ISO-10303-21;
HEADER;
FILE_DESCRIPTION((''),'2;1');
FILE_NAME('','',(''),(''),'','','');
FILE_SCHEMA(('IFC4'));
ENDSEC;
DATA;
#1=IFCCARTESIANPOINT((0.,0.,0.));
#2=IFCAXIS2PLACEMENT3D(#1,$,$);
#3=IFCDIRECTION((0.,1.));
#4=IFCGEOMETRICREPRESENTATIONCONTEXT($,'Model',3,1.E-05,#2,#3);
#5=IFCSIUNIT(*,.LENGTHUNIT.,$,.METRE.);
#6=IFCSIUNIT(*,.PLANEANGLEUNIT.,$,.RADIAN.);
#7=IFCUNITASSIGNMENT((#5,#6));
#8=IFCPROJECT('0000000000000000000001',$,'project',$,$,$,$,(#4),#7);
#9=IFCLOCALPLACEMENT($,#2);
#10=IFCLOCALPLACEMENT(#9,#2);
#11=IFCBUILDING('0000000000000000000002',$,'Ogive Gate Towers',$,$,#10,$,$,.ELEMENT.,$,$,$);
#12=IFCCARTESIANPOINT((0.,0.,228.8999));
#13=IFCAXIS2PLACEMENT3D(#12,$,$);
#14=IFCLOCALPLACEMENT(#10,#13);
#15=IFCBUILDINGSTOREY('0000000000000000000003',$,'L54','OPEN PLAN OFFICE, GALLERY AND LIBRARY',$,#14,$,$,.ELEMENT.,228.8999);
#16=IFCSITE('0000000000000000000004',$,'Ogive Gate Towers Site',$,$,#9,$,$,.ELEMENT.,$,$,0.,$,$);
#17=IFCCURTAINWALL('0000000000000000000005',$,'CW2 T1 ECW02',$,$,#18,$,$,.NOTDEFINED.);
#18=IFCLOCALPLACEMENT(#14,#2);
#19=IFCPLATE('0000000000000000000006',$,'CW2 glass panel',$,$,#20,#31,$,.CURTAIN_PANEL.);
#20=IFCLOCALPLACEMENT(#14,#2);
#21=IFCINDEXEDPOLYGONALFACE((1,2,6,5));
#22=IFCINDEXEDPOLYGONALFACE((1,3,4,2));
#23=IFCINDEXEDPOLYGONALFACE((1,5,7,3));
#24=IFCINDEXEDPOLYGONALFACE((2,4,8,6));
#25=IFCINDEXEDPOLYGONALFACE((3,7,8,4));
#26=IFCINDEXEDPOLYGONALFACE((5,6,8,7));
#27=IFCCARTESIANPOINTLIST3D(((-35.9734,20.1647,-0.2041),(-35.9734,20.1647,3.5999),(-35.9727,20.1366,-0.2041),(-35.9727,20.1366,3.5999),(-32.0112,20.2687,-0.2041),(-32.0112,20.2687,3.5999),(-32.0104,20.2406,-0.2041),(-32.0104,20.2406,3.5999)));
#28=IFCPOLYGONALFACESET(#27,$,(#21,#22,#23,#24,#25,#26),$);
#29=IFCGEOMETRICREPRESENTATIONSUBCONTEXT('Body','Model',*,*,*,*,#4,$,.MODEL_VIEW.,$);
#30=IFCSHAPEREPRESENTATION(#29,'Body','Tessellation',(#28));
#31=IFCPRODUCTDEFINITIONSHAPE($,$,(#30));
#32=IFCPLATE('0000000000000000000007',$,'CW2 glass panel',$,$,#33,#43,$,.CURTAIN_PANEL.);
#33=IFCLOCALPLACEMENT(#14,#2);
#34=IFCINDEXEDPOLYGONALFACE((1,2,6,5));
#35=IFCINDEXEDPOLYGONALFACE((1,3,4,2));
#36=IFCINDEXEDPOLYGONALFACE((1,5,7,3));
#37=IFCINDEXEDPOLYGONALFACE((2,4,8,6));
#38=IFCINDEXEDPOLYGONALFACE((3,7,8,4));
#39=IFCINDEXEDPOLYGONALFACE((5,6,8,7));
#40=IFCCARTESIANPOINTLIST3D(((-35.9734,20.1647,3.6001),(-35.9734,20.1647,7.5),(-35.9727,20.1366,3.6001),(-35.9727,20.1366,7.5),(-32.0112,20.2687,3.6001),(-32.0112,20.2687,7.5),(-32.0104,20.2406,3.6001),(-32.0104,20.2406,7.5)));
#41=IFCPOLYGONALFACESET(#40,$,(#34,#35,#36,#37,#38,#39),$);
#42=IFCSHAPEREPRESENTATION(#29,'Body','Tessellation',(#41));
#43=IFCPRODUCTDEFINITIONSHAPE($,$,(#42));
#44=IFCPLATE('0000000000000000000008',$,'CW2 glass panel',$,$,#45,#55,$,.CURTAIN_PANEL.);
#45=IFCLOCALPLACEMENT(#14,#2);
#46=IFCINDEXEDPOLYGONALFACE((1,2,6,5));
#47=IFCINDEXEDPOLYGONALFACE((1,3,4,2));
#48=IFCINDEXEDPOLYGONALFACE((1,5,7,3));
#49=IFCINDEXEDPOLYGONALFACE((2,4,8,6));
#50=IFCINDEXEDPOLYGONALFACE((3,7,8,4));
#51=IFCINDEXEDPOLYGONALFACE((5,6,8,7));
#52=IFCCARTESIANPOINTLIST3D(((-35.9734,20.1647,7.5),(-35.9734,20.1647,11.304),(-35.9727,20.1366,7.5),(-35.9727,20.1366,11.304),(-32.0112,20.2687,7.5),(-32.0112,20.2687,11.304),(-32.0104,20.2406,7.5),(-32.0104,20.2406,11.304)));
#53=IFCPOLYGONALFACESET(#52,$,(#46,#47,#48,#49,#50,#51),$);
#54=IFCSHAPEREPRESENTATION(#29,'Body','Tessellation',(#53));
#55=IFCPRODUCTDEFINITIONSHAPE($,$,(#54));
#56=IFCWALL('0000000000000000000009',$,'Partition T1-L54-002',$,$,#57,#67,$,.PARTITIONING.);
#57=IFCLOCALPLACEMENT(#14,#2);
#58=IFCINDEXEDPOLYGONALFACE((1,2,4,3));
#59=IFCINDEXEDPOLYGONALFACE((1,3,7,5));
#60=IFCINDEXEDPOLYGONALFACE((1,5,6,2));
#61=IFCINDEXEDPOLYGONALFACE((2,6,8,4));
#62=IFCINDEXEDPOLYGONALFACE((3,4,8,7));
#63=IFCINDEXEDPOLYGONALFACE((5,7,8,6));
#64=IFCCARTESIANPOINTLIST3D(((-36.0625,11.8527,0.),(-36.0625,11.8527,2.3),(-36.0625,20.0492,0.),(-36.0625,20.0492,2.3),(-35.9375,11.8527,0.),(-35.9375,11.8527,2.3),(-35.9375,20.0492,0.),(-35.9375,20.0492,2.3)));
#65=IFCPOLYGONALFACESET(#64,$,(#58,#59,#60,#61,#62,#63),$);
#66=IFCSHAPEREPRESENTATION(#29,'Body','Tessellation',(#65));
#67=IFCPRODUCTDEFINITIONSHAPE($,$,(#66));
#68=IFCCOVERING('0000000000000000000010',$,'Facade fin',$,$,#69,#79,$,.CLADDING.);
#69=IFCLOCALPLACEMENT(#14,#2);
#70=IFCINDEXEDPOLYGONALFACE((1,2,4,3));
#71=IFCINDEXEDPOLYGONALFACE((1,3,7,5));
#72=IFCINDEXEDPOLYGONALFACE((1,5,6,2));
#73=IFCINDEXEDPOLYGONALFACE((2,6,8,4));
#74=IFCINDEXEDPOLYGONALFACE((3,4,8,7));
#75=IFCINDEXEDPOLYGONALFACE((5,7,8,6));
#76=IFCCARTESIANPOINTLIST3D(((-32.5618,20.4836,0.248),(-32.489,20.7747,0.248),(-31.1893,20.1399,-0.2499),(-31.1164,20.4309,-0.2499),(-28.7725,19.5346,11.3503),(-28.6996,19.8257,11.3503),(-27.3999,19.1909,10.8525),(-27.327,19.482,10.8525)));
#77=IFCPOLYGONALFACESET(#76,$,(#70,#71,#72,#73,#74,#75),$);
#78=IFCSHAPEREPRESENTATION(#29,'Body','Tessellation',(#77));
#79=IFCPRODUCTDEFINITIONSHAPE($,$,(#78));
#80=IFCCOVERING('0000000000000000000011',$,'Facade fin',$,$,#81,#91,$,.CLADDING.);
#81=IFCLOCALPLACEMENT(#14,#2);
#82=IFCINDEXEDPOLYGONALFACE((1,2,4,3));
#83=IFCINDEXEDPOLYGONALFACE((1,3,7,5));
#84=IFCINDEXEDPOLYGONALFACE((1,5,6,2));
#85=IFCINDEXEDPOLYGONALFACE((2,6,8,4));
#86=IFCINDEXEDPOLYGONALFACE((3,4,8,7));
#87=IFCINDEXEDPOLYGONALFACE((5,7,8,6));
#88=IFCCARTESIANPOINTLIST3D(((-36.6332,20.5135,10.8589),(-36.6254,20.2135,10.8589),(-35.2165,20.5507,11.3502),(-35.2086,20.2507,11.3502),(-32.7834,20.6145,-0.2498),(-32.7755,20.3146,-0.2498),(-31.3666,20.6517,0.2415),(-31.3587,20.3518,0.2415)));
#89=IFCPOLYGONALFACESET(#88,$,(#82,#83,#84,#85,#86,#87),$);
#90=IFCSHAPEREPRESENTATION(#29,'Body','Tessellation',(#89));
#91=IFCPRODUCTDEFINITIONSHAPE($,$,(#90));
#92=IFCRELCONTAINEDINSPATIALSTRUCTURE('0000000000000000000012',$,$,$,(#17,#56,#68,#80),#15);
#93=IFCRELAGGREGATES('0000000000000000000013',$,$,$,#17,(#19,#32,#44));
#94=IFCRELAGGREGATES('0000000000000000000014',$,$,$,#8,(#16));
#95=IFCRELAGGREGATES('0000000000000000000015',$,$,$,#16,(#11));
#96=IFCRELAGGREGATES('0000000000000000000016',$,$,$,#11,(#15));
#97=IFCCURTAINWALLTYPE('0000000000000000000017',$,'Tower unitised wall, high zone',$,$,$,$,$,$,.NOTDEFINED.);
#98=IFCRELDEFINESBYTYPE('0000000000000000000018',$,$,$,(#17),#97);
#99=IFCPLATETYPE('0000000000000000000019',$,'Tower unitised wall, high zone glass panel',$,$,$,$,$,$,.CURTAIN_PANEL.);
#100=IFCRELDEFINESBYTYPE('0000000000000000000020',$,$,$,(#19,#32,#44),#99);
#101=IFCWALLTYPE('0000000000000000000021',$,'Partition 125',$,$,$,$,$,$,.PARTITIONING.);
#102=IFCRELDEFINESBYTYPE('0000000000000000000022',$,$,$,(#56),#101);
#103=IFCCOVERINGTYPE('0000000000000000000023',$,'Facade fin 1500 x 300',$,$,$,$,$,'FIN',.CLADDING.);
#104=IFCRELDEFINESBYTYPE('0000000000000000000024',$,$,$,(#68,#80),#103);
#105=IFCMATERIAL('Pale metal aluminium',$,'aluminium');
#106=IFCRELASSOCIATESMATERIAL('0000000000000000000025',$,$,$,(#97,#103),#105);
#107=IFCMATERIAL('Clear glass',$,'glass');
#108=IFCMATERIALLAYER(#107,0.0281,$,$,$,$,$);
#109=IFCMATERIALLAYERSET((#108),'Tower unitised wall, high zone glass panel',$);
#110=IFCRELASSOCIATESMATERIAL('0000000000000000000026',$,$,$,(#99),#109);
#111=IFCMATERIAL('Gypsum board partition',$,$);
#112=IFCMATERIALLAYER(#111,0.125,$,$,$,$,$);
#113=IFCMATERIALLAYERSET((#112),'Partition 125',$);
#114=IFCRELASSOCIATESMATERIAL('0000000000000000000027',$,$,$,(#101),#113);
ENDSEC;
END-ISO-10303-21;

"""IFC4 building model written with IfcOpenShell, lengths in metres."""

from ifc_helpers import new_model, si_unit, direction, frame, frame_2d, origin, origin_2d, place, context, subcontext, project, spatial, rectangle, extrude, material, layer, layer_set, material_profile, profile_set, type_object, element, aggregate, save


model = new_model("IFC4")

# Units and contexts
model_context = context("Model", 3, precision=1e-05, world=origin(), true_north=direction((0.0, 1.0)))
body_context = subcontext(model_context, "Body", "Model", "MODEL_VIEW")
ifc_project = project(units=[si_unit("LENGTHUNIT", "METRE"), si_unit("PLANEANGLEUNIT", "RADIAN")], contexts=[model_context])

# Site, building, storey
site_placement = place(None, origin())
site = spatial("IfcSite", under=ifc_project, at=site_placement, Name="Ogive Gate Towers Site", CompositionType="ELEMENT", RefElevation=0.0)
building_placement = place(site_placement, origin())
building = spatial("IfcBuilding", under=site, at=building_placement, Name="Ogive Gate Towers", CompositionType="ELEMENT")
storey_placement = place(building_placement, frame((0.0, 0.0, 228.8999)))
storey = spatial("IfcBuildingStorey", under=building, at=storey_placement, Name="L54", Description="OPEN PLAN OFFICE, GALLERY AND LIBRARY", CompositionType="ELEMENT", Elevation=228.8999)

# Curtain wall, plates
ifc_material_1 = material(Name="Pale metal aluminium", Category="aluminium")
curtain_wall_type = type_object("IfcCurtainWallType", Name="Tower unitised wall, high zone", PredefinedType="NOTDEFINED", material=ifc_material_1)
curtain_wall_placement = place(storey_placement, origin())
curtain_wall = element("IfcCurtainWall", 1, at=curtain_wall_placement, inside=storey, type_object=curtain_wall_type, Name="CW2 T1 ECW02", PredefinedType="NOTDEFINED")
ifc_material_2 = material(Name="Clear glass", Category="glass")
ifc_layer_1 = layer(ifc_material_2, 0.0281)
ifc_layer_set_1 = layer_set([ifc_layer_1], Name="Tower unitised wall, high zone glass panel")
plate_type = type_object("IfcPlateType", Name="Tower unitised wall, high zone glass panel", PredefinedType="CURTAIN_PANEL", material=ifc_layer_set_1)
plate_1_placement = place(storey_placement, frame((-33.9919, 20.2026, -0.2041), z_axis=(0.0, 0.0, 1.0), x_axis=(-0.999656, -0.026229, 0.0)))
plate_1 = element("IfcPlate", 2, at=plate_1_placement, type_object=plate_type, Name="CW2 glass panel", PredefinedType="CURTAIN_PANEL", context=body_context, shape_type="SweptSolid", body=[
    extrude(rectangle(XDim=3.9636, YDim=0.0281, at=origin_2d()), origin(), (0.0, 0.0, 1.0), 3.804),
])
plate_2_placement = place(storey_placement, frame((-33.9919, 20.2026, 3.6001), z_axis=(0.0, 0.0, 1.0), x_axis=(-0.999656, -0.026229, 0.0)))
plate_2 = element("IfcPlate", 3, at=plate_2_placement, type_object=plate_type, Name="CW2 glass panel", PredefinedType="CURTAIN_PANEL", context=body_context, shape_type="SweptSolid", body=[
    extrude(rectangle(XDim=3.9636, YDim=0.0281, at=origin_2d()), origin(), (0.0, 0.0, 1.0), 3.8999),
])
plate_3_placement = place(storey_placement, frame((-33.9919, 20.2026, 7.5), z_axis=(0.0, 0.0, 1.0), x_axis=(-0.999656, -0.026229, 0.0)))
plate_3 = element("IfcPlate", 4, at=plate_3_placement, type_object=plate_type, Name="CW2 glass panel", PredefinedType="CURTAIN_PANEL", context=body_context, shape_type="SweptSolid", body=[
    extrude(rectangle(XDim=3.9636, YDim=0.0281, at=origin_2d()), origin(), (0.0, 0.0, 1.0), 3.804),
])
aggregate(curtain_wall, [plate_1, plate_2, plate_3])

# Wall
ifc_material_3 = material(Name="Gypsum board partition")
ifc_layer_2 = layer(ifc_material_3, 0.125)
ifc_layer_set_2 = layer_set([ifc_layer_2], Name="Partition 125")
wall_type = type_object("IfcWallType", Name="Partition 125", PredefinedType="PARTITIONING", material=ifc_layer_set_2)
wall_placement = place(storey_placement, frame((-36.0, 20.0491, 0.0), z_axis=(0.0, 0.0, 1.0), x_axis=(0.0, -1.0, 0.0)))
element("IfcWall", 5, at=wall_placement, inside=storey, type_object=wall_type, Name="Partition T1-L54-002", PredefinedType="PARTITIONING", context=body_context, shape_type="SweptSolid", body=[
    extrude(rectangle(XDim=8.1965, YDim=0.125, at=frame_2d((4.0981, 0.0))), origin(), (0.0, 0.0, 1.0), 2.3),
])

# Coverings
ifc_material_profile_1 = material_profile(ifc_material_1, rectangle(XDim=0.3, YDim=1.5, at=origin_2d()), Name="1500 x 300 pale metal aluminium")
ifc_profile_set_1 = profile_set([ifc_material_profile_1], Name="Pale metal aluminium")
covering_type = type_object("IfcCoveringType", Name="Facade fin 1500 x 300", ElementType="FIN", PredefinedType="CLADDING", material=ifc_profile_set_1)
covering_1_placement = place(storey_placement, frame((-31.8391, 20.4573, -0.001), z_axis=(0.321961, -0.08063, 0.943313), x_axis=(0.242933, 0.970043, 0.0)))
element("IfcCovering", 6, at=covering_1_placement, inside=storey, type_object=covering_type, Name="Facade fin", PredefinedType="CLADDING", context=body_context, shape_type="SweptSolid", body=[
    extrude(rectangle(XDim=0.3, YDim=1.5, at=origin_2d()), origin(), (0.0, 0.0, 1.0), 11.7695),
])
covering_2_placement = place(storey_placement, frame((-32.071, 20.4832, -0.0042), z_axis=(-0.327444, -0.008597, 0.944831), x_axis=(0.026245, -0.999656, 0.0)))
element("IfcCovering", 7, at=covering_2_placement, inside=storey, type_object=covering_type, Name="Facade fin", PredefinedType="CLADDING", context=body_context, shape_type="SweptSolid", body=[
    extrude(rectangle(XDim=0.3, YDim=1.5, at=origin_2d()), origin(), (0.0, 0.0, 1.0), 11.7573),
])

save(model, "model.ifc")
